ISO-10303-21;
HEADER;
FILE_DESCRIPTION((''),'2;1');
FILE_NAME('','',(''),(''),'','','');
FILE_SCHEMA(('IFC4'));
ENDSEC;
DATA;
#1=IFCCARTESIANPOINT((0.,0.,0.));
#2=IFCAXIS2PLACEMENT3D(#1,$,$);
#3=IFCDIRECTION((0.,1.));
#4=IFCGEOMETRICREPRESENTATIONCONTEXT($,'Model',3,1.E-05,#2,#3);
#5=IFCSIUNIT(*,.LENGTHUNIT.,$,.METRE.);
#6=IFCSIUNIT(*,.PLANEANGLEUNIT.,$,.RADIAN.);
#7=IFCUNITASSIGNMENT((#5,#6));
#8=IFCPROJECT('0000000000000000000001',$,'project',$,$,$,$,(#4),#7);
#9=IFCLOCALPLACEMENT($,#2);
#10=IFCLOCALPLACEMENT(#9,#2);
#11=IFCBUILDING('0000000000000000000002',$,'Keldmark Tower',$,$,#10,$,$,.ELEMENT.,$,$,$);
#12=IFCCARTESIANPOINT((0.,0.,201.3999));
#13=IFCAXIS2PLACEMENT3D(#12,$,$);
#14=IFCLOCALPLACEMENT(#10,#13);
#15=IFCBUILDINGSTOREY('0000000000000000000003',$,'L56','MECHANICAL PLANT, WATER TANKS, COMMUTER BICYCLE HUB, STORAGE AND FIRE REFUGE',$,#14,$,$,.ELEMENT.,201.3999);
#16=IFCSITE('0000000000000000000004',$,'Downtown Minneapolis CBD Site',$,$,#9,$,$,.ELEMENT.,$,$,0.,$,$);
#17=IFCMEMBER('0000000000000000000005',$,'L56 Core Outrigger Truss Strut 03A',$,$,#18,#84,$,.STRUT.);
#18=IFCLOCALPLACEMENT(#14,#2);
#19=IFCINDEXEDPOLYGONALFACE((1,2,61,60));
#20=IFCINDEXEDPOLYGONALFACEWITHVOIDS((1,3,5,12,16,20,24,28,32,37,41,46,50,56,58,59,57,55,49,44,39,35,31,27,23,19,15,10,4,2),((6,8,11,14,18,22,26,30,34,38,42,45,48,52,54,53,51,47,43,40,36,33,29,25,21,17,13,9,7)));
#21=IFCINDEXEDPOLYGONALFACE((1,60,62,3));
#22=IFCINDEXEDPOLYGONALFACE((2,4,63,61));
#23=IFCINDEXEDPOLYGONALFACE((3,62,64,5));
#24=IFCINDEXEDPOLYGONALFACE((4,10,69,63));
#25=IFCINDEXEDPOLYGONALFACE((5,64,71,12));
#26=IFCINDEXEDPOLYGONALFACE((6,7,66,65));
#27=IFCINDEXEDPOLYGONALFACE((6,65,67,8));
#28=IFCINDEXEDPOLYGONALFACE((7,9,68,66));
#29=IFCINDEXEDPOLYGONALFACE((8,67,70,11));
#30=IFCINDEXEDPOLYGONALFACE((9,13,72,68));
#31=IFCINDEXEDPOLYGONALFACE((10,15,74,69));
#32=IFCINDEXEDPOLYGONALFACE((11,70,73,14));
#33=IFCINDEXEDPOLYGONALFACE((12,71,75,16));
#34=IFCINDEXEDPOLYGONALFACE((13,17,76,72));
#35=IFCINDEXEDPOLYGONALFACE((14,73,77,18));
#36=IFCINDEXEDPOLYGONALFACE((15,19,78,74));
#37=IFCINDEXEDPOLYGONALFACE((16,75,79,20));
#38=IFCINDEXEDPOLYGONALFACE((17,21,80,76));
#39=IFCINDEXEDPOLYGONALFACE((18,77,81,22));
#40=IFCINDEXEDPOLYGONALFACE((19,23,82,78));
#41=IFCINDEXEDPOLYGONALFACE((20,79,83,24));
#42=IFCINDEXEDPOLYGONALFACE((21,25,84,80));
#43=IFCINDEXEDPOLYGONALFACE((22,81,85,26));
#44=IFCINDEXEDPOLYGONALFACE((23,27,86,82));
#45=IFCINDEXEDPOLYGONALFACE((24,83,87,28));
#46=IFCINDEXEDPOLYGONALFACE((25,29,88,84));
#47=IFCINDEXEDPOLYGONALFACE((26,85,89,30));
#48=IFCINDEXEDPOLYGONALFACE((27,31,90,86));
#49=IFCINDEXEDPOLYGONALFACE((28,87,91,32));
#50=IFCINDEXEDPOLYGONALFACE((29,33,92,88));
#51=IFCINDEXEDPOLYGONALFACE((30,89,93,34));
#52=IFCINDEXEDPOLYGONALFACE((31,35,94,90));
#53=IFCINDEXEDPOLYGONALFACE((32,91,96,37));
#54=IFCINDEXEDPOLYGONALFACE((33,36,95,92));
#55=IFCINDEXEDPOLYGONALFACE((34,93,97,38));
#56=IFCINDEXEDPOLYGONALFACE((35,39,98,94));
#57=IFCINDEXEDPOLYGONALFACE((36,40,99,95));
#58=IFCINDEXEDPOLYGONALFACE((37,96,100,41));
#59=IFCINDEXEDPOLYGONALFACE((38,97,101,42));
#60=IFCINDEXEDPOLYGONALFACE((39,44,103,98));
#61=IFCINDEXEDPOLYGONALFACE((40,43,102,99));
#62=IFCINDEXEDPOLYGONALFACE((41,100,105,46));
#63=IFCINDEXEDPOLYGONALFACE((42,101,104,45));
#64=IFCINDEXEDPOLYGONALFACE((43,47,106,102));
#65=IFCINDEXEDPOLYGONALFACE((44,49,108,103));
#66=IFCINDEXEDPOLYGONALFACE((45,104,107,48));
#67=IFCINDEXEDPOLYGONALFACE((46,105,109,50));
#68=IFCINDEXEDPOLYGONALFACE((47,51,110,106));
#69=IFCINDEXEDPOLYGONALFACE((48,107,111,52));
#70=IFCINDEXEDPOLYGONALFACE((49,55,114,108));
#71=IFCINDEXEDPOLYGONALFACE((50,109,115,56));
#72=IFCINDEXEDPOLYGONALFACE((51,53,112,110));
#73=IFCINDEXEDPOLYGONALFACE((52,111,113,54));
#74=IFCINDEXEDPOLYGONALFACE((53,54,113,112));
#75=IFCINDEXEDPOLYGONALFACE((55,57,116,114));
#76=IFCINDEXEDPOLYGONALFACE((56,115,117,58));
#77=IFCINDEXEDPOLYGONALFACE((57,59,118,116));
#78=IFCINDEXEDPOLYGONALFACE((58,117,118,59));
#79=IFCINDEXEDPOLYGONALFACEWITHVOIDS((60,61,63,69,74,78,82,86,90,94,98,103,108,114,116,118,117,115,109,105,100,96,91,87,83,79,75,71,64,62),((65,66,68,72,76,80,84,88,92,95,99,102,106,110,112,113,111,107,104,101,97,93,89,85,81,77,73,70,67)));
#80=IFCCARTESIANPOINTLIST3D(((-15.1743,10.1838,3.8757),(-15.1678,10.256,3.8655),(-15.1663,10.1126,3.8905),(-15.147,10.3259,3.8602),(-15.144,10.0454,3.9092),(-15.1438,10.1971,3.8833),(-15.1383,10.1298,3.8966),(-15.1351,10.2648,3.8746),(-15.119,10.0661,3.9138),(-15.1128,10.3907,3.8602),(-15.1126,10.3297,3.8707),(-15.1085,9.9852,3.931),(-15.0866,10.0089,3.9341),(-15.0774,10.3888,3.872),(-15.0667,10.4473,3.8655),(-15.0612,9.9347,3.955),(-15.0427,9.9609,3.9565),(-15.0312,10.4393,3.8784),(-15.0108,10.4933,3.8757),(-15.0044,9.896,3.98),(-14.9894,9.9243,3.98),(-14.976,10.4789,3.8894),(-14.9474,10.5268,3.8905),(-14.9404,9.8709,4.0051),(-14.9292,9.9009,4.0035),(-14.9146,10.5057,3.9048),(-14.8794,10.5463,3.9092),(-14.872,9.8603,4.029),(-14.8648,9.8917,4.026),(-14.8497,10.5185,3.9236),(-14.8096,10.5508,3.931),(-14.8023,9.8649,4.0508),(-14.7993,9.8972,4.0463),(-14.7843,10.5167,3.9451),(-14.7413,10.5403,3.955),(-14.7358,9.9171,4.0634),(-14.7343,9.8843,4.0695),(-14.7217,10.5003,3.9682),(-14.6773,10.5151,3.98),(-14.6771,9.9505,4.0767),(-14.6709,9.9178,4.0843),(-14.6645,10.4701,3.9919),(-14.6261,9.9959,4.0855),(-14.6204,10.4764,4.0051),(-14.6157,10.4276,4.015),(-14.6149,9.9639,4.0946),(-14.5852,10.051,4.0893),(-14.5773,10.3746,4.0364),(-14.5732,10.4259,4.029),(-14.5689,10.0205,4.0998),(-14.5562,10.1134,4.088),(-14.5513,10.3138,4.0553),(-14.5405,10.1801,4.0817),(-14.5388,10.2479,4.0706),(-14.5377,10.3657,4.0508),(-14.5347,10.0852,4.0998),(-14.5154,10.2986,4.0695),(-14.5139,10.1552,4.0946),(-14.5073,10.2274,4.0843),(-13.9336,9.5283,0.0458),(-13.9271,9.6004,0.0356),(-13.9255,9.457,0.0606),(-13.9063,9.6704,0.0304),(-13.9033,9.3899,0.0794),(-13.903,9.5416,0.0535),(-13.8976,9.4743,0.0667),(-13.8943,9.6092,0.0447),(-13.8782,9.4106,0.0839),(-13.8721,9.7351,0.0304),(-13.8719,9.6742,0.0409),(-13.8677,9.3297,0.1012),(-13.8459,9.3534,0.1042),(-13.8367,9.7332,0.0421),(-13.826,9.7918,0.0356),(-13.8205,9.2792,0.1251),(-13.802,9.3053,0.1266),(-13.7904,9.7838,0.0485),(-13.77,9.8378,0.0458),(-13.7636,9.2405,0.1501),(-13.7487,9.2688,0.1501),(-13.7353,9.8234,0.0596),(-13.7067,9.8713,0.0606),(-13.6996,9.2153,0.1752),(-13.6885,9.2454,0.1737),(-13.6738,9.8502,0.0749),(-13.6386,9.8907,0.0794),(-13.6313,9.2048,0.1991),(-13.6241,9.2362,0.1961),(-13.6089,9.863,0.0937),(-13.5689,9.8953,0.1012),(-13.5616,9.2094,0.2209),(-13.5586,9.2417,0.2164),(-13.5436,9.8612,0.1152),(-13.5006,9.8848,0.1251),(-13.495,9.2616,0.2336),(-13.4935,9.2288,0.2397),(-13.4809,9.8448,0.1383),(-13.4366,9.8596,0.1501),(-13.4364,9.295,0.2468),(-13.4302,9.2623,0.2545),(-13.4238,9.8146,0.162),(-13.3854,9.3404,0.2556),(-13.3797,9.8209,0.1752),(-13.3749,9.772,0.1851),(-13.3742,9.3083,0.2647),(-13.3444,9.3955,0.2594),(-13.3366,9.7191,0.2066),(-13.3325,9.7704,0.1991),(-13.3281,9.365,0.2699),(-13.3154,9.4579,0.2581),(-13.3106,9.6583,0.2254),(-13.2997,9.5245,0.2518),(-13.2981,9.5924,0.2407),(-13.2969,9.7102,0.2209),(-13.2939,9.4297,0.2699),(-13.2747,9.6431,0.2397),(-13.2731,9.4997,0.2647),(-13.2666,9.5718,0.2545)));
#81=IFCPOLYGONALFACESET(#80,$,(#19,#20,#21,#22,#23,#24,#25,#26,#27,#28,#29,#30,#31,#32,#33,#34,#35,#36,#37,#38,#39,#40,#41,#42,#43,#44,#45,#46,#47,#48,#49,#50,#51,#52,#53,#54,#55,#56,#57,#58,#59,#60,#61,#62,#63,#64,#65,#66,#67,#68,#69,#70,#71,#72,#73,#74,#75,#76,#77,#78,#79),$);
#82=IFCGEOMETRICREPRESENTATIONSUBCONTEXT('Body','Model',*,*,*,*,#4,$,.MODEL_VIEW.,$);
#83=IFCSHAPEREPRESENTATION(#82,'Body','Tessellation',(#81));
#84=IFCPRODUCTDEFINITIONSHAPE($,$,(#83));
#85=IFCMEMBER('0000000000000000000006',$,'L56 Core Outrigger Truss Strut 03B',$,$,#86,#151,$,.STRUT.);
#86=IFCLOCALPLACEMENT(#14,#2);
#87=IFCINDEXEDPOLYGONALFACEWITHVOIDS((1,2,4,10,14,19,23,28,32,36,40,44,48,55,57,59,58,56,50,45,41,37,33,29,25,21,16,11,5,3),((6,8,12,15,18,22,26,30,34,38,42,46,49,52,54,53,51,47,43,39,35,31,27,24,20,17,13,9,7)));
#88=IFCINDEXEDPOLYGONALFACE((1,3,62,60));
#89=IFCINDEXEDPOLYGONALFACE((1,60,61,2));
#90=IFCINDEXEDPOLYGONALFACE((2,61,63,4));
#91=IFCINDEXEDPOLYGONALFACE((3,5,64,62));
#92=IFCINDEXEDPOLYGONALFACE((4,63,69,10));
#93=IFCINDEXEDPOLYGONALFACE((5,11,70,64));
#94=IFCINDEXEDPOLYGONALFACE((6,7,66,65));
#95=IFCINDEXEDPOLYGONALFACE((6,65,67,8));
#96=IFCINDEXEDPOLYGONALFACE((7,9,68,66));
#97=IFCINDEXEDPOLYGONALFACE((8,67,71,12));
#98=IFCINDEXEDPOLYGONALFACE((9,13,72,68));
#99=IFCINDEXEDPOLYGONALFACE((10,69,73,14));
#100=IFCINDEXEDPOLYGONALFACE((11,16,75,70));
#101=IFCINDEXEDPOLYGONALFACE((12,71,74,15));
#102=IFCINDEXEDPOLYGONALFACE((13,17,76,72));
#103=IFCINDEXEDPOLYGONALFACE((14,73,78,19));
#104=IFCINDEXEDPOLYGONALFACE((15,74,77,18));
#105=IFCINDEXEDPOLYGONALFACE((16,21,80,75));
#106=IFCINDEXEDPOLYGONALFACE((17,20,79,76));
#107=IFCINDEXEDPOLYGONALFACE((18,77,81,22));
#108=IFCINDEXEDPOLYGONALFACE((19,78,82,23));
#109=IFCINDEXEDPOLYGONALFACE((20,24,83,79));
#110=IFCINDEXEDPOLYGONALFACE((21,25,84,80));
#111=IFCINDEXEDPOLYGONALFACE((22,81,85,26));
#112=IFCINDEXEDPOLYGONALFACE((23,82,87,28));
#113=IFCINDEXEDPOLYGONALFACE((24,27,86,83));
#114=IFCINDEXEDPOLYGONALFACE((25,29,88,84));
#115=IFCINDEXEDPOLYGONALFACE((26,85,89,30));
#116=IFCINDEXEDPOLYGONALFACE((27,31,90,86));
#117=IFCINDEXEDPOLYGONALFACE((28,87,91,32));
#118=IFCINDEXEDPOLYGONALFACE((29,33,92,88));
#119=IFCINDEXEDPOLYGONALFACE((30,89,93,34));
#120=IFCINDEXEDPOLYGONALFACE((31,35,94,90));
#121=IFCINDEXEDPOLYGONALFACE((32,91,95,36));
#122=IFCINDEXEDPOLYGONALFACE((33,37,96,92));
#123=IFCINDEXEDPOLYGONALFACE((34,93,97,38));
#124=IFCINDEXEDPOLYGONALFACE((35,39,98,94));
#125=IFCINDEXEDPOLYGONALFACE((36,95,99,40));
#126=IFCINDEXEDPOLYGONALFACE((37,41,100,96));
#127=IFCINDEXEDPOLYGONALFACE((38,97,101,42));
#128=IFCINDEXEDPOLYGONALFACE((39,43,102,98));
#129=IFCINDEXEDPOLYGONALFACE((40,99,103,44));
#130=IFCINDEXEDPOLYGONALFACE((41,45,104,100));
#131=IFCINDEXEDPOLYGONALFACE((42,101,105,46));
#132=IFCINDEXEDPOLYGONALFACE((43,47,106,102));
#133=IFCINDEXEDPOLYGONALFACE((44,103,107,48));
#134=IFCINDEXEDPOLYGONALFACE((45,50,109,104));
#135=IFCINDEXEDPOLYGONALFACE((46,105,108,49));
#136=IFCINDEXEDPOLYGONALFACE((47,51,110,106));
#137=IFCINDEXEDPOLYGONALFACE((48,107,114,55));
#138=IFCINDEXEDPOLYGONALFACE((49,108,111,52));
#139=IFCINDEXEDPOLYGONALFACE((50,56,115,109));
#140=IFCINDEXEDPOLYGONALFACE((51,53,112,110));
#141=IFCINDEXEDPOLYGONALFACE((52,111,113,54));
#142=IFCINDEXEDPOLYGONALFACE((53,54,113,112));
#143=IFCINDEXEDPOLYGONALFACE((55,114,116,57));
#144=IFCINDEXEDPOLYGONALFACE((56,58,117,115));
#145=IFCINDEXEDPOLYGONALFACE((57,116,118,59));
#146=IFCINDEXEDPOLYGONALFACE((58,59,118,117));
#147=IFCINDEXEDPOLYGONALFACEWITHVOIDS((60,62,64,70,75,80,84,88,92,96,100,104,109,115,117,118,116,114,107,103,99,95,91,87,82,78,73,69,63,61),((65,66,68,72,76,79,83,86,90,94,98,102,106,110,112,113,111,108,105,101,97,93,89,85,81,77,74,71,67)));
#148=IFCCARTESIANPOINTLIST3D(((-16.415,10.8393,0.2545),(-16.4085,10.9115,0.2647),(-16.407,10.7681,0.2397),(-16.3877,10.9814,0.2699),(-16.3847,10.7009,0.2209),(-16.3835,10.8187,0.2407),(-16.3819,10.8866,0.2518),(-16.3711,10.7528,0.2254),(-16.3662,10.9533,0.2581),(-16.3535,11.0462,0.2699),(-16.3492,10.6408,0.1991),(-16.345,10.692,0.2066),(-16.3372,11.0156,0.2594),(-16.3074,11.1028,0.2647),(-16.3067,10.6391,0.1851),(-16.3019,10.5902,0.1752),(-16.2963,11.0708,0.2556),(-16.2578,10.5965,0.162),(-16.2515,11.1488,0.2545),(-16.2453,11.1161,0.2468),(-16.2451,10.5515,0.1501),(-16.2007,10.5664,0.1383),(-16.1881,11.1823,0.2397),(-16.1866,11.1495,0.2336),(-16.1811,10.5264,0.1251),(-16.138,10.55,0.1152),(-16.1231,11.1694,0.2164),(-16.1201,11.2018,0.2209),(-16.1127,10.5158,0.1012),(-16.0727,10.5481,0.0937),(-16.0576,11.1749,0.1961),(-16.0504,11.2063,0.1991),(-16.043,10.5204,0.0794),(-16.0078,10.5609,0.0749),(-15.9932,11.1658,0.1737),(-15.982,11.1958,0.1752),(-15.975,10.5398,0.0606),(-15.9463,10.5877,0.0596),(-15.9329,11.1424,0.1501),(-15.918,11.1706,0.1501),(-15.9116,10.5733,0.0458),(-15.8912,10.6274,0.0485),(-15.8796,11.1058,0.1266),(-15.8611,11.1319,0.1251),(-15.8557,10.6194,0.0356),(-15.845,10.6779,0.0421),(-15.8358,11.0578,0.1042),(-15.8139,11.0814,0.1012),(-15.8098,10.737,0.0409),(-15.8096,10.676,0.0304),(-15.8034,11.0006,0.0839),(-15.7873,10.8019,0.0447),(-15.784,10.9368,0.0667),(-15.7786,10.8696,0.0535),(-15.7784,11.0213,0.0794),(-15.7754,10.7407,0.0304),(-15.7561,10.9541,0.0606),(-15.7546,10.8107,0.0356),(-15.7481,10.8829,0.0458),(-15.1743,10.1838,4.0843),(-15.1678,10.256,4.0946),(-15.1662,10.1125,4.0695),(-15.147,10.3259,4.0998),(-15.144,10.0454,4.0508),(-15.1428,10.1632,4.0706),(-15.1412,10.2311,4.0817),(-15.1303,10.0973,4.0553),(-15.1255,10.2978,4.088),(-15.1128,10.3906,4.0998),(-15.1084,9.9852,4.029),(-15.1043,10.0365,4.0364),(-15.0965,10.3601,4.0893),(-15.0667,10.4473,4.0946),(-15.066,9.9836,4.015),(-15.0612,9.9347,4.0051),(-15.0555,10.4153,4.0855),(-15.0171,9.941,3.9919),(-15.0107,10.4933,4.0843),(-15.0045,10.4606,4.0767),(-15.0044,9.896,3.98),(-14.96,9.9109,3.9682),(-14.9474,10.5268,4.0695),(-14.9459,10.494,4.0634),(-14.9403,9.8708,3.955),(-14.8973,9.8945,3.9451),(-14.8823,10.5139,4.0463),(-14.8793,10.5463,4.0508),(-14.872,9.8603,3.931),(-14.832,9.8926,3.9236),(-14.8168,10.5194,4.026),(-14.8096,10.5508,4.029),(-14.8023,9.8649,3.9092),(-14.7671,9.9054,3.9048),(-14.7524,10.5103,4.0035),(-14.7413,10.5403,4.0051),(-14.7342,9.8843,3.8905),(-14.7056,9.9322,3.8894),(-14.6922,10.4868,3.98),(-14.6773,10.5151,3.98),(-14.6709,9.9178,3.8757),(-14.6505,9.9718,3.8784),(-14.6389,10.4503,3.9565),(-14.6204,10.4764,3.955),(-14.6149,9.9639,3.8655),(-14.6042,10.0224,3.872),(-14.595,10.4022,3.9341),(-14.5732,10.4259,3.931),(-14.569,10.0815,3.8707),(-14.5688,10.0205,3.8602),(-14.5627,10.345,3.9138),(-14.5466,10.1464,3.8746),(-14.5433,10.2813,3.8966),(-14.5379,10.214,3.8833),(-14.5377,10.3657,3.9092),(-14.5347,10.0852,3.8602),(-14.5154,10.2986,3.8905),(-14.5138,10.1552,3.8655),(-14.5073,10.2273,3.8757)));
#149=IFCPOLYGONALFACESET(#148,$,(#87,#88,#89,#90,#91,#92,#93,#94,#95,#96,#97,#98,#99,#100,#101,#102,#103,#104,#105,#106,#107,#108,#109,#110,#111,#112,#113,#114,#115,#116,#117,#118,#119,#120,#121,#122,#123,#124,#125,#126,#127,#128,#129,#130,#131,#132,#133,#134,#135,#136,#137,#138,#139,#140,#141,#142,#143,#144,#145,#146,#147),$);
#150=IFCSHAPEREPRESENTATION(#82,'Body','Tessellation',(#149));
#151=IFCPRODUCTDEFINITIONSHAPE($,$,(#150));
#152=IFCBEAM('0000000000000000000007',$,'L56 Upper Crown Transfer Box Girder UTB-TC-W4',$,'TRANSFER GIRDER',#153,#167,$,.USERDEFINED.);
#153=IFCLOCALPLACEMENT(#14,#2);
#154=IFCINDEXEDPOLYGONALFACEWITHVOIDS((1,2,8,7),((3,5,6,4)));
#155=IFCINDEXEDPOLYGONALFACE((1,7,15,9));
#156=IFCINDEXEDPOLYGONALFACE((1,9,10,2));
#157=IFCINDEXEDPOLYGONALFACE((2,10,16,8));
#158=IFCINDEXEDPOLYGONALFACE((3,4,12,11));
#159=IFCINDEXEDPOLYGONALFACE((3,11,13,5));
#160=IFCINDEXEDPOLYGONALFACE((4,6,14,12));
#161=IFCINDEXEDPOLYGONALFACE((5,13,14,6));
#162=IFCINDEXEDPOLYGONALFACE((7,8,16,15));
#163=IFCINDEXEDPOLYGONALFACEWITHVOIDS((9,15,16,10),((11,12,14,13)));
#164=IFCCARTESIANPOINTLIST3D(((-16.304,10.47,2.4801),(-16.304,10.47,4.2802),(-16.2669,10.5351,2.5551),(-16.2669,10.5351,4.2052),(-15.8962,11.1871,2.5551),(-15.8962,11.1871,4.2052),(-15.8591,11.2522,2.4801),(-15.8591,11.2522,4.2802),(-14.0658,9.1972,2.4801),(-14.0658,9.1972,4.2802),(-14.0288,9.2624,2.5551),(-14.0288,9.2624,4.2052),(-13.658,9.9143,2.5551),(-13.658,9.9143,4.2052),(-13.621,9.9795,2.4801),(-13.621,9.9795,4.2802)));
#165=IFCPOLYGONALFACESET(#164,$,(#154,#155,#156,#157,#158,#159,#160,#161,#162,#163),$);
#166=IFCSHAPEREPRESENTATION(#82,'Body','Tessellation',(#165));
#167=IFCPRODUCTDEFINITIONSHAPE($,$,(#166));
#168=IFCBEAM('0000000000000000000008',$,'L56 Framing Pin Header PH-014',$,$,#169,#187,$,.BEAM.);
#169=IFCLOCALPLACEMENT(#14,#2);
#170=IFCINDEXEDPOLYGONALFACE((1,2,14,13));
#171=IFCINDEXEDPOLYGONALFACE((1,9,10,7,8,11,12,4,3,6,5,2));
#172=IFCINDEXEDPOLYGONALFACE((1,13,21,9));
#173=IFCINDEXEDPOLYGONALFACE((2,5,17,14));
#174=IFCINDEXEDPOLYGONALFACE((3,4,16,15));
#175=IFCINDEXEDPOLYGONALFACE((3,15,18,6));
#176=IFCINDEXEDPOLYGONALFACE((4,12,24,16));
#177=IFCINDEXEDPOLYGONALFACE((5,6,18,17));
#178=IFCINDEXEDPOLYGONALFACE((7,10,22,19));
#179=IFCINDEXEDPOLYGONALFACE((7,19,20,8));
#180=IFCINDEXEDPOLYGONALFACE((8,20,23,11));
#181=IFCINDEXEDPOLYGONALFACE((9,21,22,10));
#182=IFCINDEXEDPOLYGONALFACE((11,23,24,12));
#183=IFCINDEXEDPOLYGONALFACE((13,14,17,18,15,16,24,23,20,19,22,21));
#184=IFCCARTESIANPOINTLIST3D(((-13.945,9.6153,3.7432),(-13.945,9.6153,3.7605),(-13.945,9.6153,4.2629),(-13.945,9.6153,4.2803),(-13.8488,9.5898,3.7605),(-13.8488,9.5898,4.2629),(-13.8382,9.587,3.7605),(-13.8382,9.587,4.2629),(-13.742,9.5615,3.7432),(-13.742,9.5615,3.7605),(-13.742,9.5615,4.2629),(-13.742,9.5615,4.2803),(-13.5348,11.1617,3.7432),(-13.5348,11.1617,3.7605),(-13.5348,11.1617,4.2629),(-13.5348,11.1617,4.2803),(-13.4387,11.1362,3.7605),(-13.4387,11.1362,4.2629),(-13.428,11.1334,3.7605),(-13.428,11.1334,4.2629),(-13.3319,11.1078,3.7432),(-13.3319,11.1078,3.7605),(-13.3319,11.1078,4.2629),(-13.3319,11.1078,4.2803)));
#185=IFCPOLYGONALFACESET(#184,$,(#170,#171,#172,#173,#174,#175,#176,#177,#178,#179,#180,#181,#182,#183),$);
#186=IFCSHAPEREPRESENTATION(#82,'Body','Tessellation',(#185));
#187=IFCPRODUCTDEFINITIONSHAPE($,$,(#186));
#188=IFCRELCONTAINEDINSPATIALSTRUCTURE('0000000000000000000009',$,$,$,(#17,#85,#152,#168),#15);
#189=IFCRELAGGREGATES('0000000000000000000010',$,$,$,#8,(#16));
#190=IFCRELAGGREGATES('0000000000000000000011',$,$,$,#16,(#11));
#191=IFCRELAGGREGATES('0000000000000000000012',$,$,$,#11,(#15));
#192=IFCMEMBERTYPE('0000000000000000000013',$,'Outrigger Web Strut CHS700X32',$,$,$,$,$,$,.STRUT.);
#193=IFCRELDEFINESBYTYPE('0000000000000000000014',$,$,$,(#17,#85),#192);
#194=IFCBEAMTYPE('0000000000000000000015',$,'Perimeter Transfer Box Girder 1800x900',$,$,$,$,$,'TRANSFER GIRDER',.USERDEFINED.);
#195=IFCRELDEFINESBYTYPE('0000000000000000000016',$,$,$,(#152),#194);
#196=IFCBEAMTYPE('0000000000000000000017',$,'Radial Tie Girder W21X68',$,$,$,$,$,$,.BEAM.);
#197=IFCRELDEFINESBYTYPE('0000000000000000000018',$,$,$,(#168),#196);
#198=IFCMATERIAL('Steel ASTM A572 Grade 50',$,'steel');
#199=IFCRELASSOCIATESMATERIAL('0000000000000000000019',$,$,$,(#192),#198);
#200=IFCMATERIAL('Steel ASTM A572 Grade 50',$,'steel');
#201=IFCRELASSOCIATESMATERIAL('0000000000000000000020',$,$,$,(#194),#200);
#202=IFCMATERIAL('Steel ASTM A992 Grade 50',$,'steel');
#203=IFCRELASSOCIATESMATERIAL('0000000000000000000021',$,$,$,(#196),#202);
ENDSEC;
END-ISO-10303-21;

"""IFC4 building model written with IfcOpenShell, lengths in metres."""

from ifc_helpers import new_model, si_unit, direction, frame, origin, origin_2d, place, context, subcontext, project, spatial, hollow_rectangle, hollow_circle, i_section, extrude, material, material_profile, profile_set, type_object, element, save


model = new_model("IFC4")

# Units and contexts
model_context = context("Model", 3, precision=1e-05, world=origin(), true_north=direction((0.0, 1.0)))
body_context = subcontext(model_context, "Body", "Model", "MODEL_VIEW")
ifc_project = project(units=[si_unit("LENGTHUNIT", "METRE"), si_unit("PLANEANGLEUNIT", "RADIAN")], contexts=[model_context])

# Site, building, storey
site_placement = place(None, origin())
site = spatial("IfcSite", under=ifc_project, at=site_placement, Name="Downtown Minneapolis CBD Site", CompositionType="ELEMENT", RefElevation=0.0)
building_placement = place(site_placement, origin())
building = spatial("IfcBuilding", under=site, at=building_placement, Name="Keldmark Tower", CompositionType="ELEMENT")
storey_placement = place(building_placement, frame((0.0, 0.0, 201.3999)))
storey = spatial("IfcBuildingStorey", under=building, at=storey_placement, Name="L56", Description="MECHANICAL PLANT, WATER TANKS, COMMUTER BICYCLE HUB, STORAGE AND FIRE REFUGE", CompositionType="ELEMENT", Elevation=201.3999)

# Members
ifc_material_1 = material(Name="Steel ASTM A572 Grade 50", Category="steel")
ifc_material_profile_1 = material_profile(ifc_material_1, hollow_circle(Radius=0.3501, WallThickness=0.032, at=origin_2d()), Name="CHS700X32")
ifc_profile_set_1 = profile_set([ifc_material_profile_1], Name="Steel ASTM A572 Grade 50")
member_type_1 = type_object("IfcMemberType", Name="Outrigger Web Strut CHS700X32", PredefinedType="STRUT", material=ifc_profile_set_1)
for number, where, z_axis, x_axis, name in (
    (1, (-13.6001, 9.55, 0.1501), (-0.304187, 0.160713, 0.938958), (-0.467144, -0.884181, 0.0), "L56 Core Outrigger Truss Strut 03A"),
    (2, (-16.0815, 10.8611, 0.1501), (0.304187, -0.160713, 0.938958), (0.467144, 0.884181, 0.0), "L56 Core Outrigger Truss Strut 03B"),
):
    element("IfcMember", number, at=place(storey_placement, frame(where, z_axis=z_axis, x_axis=x_axis)), inside=storey, type_object=member_type_1, Name=name, PredefinedType="STRUT", context=body_context, shape_type="SweptSolid", body=[
        extrude(hollow_circle(Radius=0.3501, WallThickness=0.032, at=origin_2d()), origin(), (0.0, 0.0, 1.0), 4.0789),
    ])

# Beams
ifc_material_2 = material(Name="Steel ASTM A572 Grade 50", Category="steel")
ifc_material_profile_2 = material_profile(ifc_material_2, hollow_rectangle(XDim=0.8999, YDim=1.8, WallThickness=0.075, at=origin_2d()), Name="TBOX1800X900X75")
ifc_profile_set_2 = profile_set([ifc_material_profile_2], Name="Steel ASTM A572 Grade 50")
beam_type_1 = type_object("IfcBeamType", Name="Perimeter Transfer Box Girder 1800x900", ElementType="TRANSFER GIRDER", PredefinedType="USERDEFINED", material=ifc_profile_set_2)
beam_1_placement = place(storey_placement, frame((-16.0815, 10.8611, 3.3801), z_axis=(0.869274, -0.49433, 0.0), x_axis=(0.49433, 0.869274, 0.0)))
element("IfcBeam", 3, at=beam_1_placement, inside=storey, type_object=beam_type_1, Name="L56 Upper Crown Transfer Box Girder UTB-TC-W4", ObjectType="TRANSFER GIRDER", PredefinedType="USERDEFINED", context=body_context, shape_type="SweptSolid", body=[
    extrude(hollow_rectangle(XDim=0.8999, YDim=1.8, WallThickness=0.075, at=origin_2d()), origin(), (0.0, 0.0, 1.0), 2.5747),
])
ifc_material_3 = material(Name="Steel ASTM A992 Grade 50", Category="steel")
ifc_material_profile_3 = material_profile(ifc_material_3, i_section(OverallWidth=0.21, OverallDepth=0.5371, WebThickness=0.011, FlangeThickness=0.0173, at=origin_2d()), Name="W21X68")
ifc_profile_set_3 = profile_set([ifc_material_profile_3], Name="Steel ASTM A992 Grade 50")
beam_type_2 = type_object("IfcBeamType", Name="Radial Tie Girder W21X68", PredefinedType="BEAM", material=ifc_profile_set_3)
beam_2_placement = place(storey_placement, frame((-13.8435, 9.5884, 4.0117), z_axis=(0.256371, 0.966579, 0.0), x_axis=(-0.966579, 0.256371, 0.0)))
element("IfcBeam", 4, at=beam_2_placement, inside=storey, type_object=beam_type_2, Name="L56 Framing Pin Header PH-014", PredefinedType="BEAM", context=body_context, shape_type="SweptSolid", body=[
    extrude(i_section(OverallWidth=0.21, OverallDepth=0.5371, WebThickness=0.011, FlangeThickness=0.0173, at=origin_2d()), origin(), (0.0, 0.0, 1.0), 1.5999),
])

save(model, "model.ifc")
